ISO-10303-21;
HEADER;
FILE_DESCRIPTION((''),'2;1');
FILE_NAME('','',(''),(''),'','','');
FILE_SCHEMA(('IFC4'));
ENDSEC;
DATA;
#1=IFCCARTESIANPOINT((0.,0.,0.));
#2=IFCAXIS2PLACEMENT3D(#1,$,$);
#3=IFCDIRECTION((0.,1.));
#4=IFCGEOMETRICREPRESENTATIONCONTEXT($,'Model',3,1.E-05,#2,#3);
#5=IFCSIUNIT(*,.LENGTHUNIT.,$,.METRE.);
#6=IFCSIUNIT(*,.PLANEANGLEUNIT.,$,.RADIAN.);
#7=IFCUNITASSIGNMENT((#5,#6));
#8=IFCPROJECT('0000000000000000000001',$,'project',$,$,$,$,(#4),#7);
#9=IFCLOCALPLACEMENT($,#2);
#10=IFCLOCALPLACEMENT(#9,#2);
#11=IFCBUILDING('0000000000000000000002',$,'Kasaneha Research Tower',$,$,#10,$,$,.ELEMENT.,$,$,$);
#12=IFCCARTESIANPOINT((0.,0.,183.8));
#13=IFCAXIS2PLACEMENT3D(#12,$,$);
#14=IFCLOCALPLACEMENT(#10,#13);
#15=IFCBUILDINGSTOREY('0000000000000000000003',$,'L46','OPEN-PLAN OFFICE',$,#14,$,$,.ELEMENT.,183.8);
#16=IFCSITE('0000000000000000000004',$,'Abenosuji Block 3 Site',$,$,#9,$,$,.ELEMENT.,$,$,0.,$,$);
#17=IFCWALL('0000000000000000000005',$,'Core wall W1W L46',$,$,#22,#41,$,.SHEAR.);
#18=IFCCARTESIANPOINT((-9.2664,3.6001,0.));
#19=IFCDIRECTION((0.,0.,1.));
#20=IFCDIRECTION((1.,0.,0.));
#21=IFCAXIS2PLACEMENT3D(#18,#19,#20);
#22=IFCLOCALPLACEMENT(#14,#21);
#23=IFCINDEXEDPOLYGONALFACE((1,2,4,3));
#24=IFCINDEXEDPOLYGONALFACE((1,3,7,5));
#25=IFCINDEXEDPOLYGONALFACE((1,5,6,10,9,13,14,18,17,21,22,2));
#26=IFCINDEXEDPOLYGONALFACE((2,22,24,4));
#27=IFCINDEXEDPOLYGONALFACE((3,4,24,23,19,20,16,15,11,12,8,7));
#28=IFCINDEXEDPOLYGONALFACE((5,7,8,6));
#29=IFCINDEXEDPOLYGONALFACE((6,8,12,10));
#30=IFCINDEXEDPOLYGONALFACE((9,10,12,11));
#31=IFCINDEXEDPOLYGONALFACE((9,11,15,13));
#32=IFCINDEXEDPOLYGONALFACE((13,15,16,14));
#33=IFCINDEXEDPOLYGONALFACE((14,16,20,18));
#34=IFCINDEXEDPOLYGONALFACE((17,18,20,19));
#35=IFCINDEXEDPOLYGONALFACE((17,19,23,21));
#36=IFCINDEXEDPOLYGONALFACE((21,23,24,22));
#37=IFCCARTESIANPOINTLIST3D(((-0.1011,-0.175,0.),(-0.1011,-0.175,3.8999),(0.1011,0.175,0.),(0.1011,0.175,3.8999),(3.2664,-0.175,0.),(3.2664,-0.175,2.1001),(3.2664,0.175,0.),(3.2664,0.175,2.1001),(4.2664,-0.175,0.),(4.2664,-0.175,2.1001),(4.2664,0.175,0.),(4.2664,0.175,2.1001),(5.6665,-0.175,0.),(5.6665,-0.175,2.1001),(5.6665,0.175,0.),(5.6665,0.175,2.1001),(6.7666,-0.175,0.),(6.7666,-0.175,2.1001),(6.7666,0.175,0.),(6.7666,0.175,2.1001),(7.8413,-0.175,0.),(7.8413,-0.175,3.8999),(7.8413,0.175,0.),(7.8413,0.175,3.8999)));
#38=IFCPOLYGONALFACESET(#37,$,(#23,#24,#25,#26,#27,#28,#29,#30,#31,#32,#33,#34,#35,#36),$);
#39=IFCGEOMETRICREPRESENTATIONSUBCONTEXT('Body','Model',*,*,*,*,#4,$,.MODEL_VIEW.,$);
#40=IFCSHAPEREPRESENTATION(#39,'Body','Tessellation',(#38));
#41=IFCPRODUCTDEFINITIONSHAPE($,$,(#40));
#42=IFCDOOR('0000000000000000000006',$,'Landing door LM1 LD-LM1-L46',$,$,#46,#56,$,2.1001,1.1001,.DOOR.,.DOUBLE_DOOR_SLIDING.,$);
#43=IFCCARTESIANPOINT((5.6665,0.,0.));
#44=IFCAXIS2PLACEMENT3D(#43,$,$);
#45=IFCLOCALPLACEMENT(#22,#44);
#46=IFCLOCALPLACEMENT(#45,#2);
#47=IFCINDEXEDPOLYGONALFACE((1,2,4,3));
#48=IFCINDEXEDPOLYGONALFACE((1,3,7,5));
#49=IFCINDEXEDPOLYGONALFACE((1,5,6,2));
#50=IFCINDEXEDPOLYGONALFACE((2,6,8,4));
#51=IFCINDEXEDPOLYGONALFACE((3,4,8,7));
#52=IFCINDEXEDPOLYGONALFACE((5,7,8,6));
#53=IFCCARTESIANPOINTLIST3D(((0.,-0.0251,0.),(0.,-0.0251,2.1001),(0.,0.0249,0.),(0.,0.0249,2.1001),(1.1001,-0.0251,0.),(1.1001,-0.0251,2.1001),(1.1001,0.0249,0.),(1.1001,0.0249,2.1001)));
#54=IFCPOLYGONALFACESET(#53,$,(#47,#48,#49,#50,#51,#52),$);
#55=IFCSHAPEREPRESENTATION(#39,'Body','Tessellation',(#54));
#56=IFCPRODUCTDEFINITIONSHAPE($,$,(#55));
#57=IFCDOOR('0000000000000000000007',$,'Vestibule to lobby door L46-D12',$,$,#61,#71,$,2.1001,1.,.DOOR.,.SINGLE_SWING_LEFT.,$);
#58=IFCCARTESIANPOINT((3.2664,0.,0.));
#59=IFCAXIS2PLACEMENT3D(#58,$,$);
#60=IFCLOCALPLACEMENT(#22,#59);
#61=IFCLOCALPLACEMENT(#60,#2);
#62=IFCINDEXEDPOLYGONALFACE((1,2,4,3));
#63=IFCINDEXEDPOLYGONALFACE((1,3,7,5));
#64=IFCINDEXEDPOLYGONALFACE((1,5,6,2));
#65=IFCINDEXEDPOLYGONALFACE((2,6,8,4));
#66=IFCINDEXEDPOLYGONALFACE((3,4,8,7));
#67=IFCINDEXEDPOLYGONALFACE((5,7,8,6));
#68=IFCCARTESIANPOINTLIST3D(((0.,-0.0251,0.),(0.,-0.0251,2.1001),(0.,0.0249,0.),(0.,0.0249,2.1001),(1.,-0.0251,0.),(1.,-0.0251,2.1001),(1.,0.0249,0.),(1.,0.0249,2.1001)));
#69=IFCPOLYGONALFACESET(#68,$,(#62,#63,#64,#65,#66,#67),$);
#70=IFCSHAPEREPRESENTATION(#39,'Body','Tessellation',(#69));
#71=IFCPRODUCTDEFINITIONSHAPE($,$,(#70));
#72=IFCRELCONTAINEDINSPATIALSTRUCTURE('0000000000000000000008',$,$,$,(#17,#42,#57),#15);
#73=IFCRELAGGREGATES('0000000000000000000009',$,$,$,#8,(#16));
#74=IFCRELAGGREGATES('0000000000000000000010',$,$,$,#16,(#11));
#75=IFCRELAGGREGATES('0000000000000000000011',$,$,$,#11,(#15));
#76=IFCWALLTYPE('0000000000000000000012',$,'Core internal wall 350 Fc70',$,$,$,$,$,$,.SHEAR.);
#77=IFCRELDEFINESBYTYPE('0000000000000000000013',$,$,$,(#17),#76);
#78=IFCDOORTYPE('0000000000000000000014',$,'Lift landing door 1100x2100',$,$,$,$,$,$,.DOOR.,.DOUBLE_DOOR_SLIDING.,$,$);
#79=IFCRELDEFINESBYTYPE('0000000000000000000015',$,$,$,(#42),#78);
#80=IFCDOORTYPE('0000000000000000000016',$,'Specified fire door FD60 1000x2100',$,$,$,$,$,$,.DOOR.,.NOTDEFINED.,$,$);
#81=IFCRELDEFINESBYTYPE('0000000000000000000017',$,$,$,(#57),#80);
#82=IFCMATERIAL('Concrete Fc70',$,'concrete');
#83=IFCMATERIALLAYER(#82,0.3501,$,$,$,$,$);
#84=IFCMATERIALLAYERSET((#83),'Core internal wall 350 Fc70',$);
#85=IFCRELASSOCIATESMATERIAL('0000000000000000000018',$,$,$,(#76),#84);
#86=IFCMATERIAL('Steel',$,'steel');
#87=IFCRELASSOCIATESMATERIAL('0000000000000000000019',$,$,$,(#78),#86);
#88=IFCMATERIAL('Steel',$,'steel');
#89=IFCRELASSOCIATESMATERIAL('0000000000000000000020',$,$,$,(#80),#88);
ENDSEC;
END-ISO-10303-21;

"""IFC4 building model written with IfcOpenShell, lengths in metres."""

from ifc_helpers import new_model, si_unit, direction, frame, frame_2d, origin, place, context, subcontext, project, spatial, polyline, rectangle, outline, extrude, material, layer, layer_set, type_object, element, fill, save


model = new_model("IFC4")

# Units and contexts
model_context = context("Model", 3, precision=1e-05, world=origin(), true_north=direction((0.0, 1.0)))
body_context = subcontext(model_context, "Body", "Model", "MODEL_VIEW")
ifc_project = project(units=[si_unit("LENGTHUNIT", "METRE"), si_unit("PLANEANGLEUNIT", "RADIAN")], contexts=[model_context])

# Site, building, storey
site_placement = place(None, origin())
site = spatial("IfcSite", under=ifc_project, at=site_placement, Name="Abenosuji Block 3 Site", CompositionType="ELEMENT", RefElevation=0.0)
building_placement = place(site_placement, origin())
building = spatial("IfcBuilding", under=site, at=building_placement, Name="Kasaneha Research Tower", CompositionType="ELEMENT")
storey_placement = place(building_placement, frame((0.0, 0.0, 183.8)))
storey = spatial("IfcBuildingStorey", under=building, at=storey_placement, Name="L46", Description="OPEN-PLAN OFFICE", CompositionType="ELEMENT", Elevation=183.8)

# Wall, openings, doors
ifc_material_1 = material(Name="Concrete Fc70", Category="concrete")
ifc_layer_1 = layer(ifc_material_1, 0.3501)
ifc_layer_set_1 = layer_set([ifc_layer_1], Name="Core internal wall 350 Fc70")
wall_type_1 = type_object("IfcWallType", Name="Core internal wall 350 Fc70", PredefinedType="SHEAR", material=ifc_layer_set_1)
wall_1_placement = place(storey_placement, frame((-9.2664, 3.6001, 0.0), z_axis=(0.0, 0.0, 1.0), x_axis=(1.0, 0.0, 0.0)))
wall_1 = element("IfcWall", 1, at=wall_1_placement, inside=storey, type_object=wall_type_1, Name="Core wall W1W L46", PredefinedType="SHEAR", context=body_context, shape_type="SweptSolid", body=[
    extrude(outline(polyline([(-0.1011, -0.175), (3.2664, -0.175), (4.2664, -0.175), (5.6665, -0.175), (6.7666, -0.175), (7.8413, -0.175), (7.8413, 0.175), (6.7666, 0.175), (5.6665, 0.175), (4.2664, 0.175), (3.2664, 0.175), (0.1011, 0.175), (-0.1011, -0.175)])), origin(), (0.0, 0.0, 1.0), 3.8999),
])
opening_1_placement = place(wall_1_placement, frame((3.2664, 0.0, 0.0)))
opening_1 = element("IfcOpeningElement", 2, at=opening_1_placement, cuts=wall_1, PredefinedType="OPENING", context=body_context, shape_type="SweptSolid", body=[
    extrude(rectangle(XDim=1.0, YDim=2.1001, at=frame_2d((0.5, 1.05))), frame((0.0, 0.1851, 0.0), z_axis=(0.0, -1.0, 0.0), x_axis=(1.0, 0.0, 0.0)), (0.0, 0.0, 1.0), 0.3701),
])
opening_2_placement = place(wall_1_placement, frame((5.6665, 0.0, 0.0)))
opening_2 = element("IfcOpeningElement", 3, at=opening_2_placement, cuts=wall_1, PredefinedType="OPENING", context=body_context, shape_type="SweptSolid", body=[
    extrude(rectangle(XDim=1.1001, YDim=2.1001, at=frame_2d((0.55, 1.05))), frame((0.0, 0.1851, 0.0), z_axis=(0.0, -1.0, 0.0), x_axis=(1.0, 0.0, 0.0)), (0.0, 0.0, 1.0), 0.3701),
])
ifc_material_2 = material(Name="Steel", Category="steel")
door_type_1 = type_object("IfcDoorType", Name="Lift landing door 1100x2100", OperationType="DOUBLE_DOOR_SLIDING", PredefinedType="DOOR", material=ifc_material_2)
door_1_placement = place(opening_2_placement, origin())
door_1 = element("IfcDoor", 4, at=door_1_placement, inside=storey, type_object=door_type_1, Name="Landing door LM1 LD-LM1-L46", OperationType="DOUBLE_DOOR_SLIDING", OverallHeight=2.1001, OverallWidth=1.1001, PredefinedType="DOOR", context=body_context, shape_type="SweptSolid", body=[
    extrude(rectangle(XDim=1.1001, YDim=2.1001, at=frame_2d((0.55, 1.05))), frame((0.0, 0.0249, 0.0), z_axis=(0.0, -1.0, 0.0), x_axis=(1.0, 0.0, 0.0)), (0.0, 0.0, 1.0), 0.05),
])
fill(opening_2, door_1)
ifc_material_3 = material(Name="Steel", Category="steel")
door_type_2 = type_object("IfcDoorType", Name="Specified fire door FD60 1000x2100", OperationType="NOTDEFINED", PredefinedType="DOOR", material=ifc_material_3)
door_2_placement = place(opening_1_placement, origin())
door_2 = element("IfcDoor", 5, at=door_2_placement, inside=storey, type_object=door_type_2, Name="Vestibule to lobby door L46-D12", OperationType="SINGLE_SWING_LEFT", OverallHeight=2.1001, OverallWidth=1.0, PredefinedType="DOOR", context=body_context, shape_type="SweptSolid", body=[
    extrude(rectangle(XDim=1.0, YDim=2.1001, at=frame_2d((0.5, 1.05))), frame((0.0, 0.0249, 0.0), z_axis=(0.0, -1.0, 0.0), x_axis=(1.0, 0.0, 0.0)), (0.0, 0.0, 1.0), 0.05),
])
fill(opening_1, door_2)

save(model, "model.ifc")
